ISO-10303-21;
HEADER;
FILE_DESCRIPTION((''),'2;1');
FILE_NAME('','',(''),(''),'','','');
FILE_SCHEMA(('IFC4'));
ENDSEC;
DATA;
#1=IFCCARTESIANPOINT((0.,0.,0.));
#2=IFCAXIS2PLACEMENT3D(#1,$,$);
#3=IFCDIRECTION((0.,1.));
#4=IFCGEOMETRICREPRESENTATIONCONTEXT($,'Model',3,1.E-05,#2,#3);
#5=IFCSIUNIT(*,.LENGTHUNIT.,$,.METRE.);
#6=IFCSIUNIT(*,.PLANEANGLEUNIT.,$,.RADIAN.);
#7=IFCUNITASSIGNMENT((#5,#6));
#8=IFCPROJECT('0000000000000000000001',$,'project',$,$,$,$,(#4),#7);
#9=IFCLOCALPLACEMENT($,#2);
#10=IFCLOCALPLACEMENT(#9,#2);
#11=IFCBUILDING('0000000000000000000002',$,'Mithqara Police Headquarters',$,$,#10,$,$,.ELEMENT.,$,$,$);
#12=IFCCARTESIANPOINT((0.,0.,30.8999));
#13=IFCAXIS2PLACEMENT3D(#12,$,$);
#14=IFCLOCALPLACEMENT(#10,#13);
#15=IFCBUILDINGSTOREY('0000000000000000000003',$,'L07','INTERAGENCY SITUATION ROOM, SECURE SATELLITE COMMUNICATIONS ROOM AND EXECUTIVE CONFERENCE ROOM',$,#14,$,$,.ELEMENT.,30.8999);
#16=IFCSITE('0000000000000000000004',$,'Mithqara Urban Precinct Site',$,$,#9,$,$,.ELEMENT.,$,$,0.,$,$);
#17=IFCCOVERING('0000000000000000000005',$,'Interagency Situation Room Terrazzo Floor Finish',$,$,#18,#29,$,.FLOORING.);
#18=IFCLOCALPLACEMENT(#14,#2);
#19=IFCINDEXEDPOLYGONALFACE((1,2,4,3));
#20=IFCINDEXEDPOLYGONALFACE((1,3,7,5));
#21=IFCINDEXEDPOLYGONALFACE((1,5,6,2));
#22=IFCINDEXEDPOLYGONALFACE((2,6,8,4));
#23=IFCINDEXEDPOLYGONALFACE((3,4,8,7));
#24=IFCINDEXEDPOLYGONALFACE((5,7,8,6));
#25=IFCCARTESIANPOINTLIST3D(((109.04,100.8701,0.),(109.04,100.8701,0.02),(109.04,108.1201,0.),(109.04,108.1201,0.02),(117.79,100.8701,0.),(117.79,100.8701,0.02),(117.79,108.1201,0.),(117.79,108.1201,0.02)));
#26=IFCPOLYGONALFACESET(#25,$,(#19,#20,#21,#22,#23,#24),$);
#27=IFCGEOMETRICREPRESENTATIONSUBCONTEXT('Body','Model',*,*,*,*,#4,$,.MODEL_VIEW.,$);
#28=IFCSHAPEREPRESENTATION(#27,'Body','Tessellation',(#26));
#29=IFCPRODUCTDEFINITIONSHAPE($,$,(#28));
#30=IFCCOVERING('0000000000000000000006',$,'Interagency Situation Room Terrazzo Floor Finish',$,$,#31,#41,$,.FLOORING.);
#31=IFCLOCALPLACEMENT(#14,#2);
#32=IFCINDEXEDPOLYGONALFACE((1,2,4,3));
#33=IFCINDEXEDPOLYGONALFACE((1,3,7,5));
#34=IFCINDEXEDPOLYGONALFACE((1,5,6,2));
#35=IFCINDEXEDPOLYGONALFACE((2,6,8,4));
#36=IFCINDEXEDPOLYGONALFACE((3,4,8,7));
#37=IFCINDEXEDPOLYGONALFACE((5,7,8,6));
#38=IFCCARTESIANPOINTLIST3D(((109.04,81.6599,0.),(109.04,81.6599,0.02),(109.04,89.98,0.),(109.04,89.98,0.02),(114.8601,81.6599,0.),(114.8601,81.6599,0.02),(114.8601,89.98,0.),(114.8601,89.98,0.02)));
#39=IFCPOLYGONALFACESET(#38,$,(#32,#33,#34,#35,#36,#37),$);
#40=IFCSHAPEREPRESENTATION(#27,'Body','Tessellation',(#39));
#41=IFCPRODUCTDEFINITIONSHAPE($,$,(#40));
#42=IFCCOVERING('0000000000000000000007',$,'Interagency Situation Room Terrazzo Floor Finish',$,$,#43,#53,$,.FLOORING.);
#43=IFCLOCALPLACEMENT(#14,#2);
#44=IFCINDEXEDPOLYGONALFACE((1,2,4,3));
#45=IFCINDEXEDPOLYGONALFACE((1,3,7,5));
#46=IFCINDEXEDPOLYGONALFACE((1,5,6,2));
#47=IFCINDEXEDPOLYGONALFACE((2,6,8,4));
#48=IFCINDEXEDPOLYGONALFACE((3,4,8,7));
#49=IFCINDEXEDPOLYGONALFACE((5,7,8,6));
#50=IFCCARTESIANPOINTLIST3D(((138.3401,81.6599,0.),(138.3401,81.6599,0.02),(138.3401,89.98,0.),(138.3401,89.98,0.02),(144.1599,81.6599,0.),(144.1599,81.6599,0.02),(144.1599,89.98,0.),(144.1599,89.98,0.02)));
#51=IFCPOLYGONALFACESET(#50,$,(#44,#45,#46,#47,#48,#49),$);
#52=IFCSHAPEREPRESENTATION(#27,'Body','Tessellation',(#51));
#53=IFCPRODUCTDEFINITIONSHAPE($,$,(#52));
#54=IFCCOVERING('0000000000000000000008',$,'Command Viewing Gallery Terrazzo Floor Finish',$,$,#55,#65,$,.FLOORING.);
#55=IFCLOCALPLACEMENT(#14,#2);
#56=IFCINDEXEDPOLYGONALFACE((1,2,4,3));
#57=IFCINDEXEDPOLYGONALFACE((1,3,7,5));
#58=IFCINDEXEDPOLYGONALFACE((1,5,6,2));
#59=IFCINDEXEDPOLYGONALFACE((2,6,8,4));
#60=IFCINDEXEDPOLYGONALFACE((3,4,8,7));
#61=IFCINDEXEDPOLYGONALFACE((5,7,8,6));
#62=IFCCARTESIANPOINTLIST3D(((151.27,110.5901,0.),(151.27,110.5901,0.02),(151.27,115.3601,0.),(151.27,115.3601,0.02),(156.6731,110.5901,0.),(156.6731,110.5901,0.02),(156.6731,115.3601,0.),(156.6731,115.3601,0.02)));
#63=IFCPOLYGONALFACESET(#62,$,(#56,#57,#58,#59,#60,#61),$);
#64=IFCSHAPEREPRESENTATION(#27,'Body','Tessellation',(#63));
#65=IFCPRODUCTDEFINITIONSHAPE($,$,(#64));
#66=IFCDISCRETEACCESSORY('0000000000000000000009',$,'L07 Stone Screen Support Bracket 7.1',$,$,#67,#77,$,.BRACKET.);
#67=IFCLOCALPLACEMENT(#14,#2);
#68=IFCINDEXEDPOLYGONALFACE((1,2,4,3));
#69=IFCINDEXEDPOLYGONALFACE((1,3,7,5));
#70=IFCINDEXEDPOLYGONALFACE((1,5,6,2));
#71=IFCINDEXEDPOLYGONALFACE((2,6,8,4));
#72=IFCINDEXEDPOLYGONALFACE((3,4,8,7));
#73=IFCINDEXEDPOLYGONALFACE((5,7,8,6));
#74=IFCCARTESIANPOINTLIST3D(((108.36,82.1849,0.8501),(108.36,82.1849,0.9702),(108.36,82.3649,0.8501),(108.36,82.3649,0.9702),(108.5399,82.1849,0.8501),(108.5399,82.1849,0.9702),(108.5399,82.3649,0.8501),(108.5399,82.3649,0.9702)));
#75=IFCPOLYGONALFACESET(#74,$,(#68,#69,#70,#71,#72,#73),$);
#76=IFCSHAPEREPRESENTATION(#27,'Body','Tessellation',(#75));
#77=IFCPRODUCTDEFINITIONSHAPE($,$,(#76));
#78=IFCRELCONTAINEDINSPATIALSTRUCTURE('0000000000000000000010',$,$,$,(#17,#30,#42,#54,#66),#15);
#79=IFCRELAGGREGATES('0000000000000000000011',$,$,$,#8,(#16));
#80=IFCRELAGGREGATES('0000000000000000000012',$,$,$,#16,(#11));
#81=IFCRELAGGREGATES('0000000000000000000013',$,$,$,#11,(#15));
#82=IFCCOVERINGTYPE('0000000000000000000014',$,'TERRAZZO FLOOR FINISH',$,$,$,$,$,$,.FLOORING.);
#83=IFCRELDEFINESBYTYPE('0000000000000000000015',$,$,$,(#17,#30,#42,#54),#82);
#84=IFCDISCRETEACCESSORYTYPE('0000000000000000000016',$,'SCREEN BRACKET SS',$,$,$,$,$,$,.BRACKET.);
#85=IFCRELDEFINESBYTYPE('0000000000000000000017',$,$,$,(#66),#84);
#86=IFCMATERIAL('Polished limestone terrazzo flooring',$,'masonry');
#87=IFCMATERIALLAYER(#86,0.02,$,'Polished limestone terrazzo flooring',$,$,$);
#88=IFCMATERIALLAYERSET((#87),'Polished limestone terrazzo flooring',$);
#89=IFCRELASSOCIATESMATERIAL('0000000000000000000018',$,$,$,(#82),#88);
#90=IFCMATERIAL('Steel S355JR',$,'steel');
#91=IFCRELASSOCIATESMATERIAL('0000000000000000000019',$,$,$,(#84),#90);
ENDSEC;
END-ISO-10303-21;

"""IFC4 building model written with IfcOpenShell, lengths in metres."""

from ifc_helpers import new_model, si_unit, direction, frame, origin, origin_2d, place, context, subcontext, project, spatial, polyline, rectangle, outline, extrude, material, layer, layer_set, type_object, element, save


model = new_model("IFC4")

# Units and contexts
model_context = context("Model", 3, precision=1e-05, world=origin(), true_north=direction((0.0, 1.0)))
body_context = subcontext(model_context, "Body", "Model", "MODEL_VIEW")
ifc_project = project(units=[si_unit("LENGTHUNIT", "METRE"), si_unit("PLANEANGLEUNIT", "RADIAN")], contexts=[model_context])

# Site, building, storey
site_placement = place(None, origin())
site = spatial("IfcSite", under=ifc_project, at=site_placement, Name="Mithqara Urban Precinct Site", CompositionType="ELEMENT", RefElevation=0.0)
building_placement = place(site_placement, origin())
building = spatial("IfcBuilding", under=site, at=building_placement, Name="Mithqara Police Headquarters", CompositionType="ELEMENT")
storey_placement = place(building_placement, frame((0.0, 0.0, 30.8999)))
storey = spatial("IfcBuildingStorey", under=building, at=storey_placement, Name="L07", Description="INTERAGENCY SITUATION ROOM, SECURE SATELLITE COMMUNICATIONS ROOM AND EXECUTIVE CONFERENCE ROOM", CompositionType="ELEMENT", Elevation=30.8999)

# Coverings
ifc_material_1 = material(Name="Polished limestone terrazzo flooring", Category="masonry")
ifc_layer_1 = layer(ifc_material_1, 0.02, Name="Polished limestone terrazzo flooring")
ifc_layer_set_1 = layer_set([ifc_layer_1], Name="Polished limestone terrazzo flooring")
covering_type_1 = type_object("IfcCoveringType", Name="TERRAZZO FLOOR FINISH", PredefinedType="FLOORING", material=ifc_layer_set_1)
covering_1_placement = place(storey_placement, origin())
element("IfcCovering", 1, at=covering_1_placement, inside=storey, type_object=covering_type_1, Name="Interagency Situation Room Terrazzo Floor Finish", PredefinedType="FLOORING", context=body_context, shape_type="SweptSolid", body=[
    extrude(outline(polyline([(109.04, 100.8701), (117.79, 100.8701), (117.79, 108.1201), (109.04, 108.1201), (109.04, 100.8701)])), origin(), (0.0, 0.0, 1.0), 0.02),
])
covering_2_placement = place(storey_placement, origin())
element("IfcCovering", 2, at=covering_2_placement, inside=storey, type_object=covering_type_1, Name="Interagency Situation Room Terrazzo Floor Finish", PredefinedType="FLOORING", context=body_context, shape_type="SweptSolid", body=[
    extrude(outline(polyline([(109.04, 81.6599), (114.8601, 81.6599), (114.8601, 89.98), (109.04, 89.98), (109.04, 81.6599)])), origin(), (0.0, 0.0, 1.0), 0.02),
])
covering_3_placement = place(storey_placement, origin())
element("IfcCovering", 3, at=covering_3_placement, inside=storey, type_object=covering_type_1, Name="Interagency Situation Room Terrazzo Floor Finish", PredefinedType="FLOORING", context=body_context, shape_type="SweptSolid", body=[
    extrude(outline(polyline([(138.3401, 81.6599), (144.1599, 81.6599), (144.1599, 89.98), (138.3401, 89.98), (138.3401, 81.6599)])), origin(), (0.0, 0.0, 1.0), 0.02),
])
covering_4_placement = place(storey_placement, origin())
element("IfcCovering", 4, at=covering_4_placement, inside=storey, type_object=covering_type_1, Name="Command Viewing Gallery Terrazzo Floor Finish", PredefinedType="FLOORING", context=body_context, shape_type="SweptSolid", body=[
    extrude(outline(polyline([(151.27, 110.5901), (156.6731, 110.5901), (156.6731, 115.3601), (151.27, 115.3601), (151.27, 110.5901)])), origin(), (0.0, 0.0, 1.0), 0.02),
])

# Discrete accessory
ifc_material_2 = material(Name="Steel S355JR", Category="steel")
discrete_accessory_type = type_object("IfcDiscreteAccessoryType", Name="SCREEN BRACKET SS", PredefinedType="BRACKET", material=ifc_material_2)
discrete_accessory_placement = place(storey_placement, frame((108.45, 82.2749, 0.8501), z_axis=(0.0, 0.0, 1.0), x_axis=(0.0, 1.0, 0.0)))
element("IfcDiscreteAccessory", 5, at=discrete_accessory_placement, inside=storey, type_object=discrete_accessory_type, Name="L07 Stone Screen Support Bracket 7.1", PredefinedType="BRACKET", context=body_context, shape_type="SweptSolid", body=[
    extrude(rectangle(XDim=0.1799, YDim=0.1799, at=origin_2d()), origin(), (0.0, 0.0, 1.0), 0.1201),
])

save(model, "model.ifc")
